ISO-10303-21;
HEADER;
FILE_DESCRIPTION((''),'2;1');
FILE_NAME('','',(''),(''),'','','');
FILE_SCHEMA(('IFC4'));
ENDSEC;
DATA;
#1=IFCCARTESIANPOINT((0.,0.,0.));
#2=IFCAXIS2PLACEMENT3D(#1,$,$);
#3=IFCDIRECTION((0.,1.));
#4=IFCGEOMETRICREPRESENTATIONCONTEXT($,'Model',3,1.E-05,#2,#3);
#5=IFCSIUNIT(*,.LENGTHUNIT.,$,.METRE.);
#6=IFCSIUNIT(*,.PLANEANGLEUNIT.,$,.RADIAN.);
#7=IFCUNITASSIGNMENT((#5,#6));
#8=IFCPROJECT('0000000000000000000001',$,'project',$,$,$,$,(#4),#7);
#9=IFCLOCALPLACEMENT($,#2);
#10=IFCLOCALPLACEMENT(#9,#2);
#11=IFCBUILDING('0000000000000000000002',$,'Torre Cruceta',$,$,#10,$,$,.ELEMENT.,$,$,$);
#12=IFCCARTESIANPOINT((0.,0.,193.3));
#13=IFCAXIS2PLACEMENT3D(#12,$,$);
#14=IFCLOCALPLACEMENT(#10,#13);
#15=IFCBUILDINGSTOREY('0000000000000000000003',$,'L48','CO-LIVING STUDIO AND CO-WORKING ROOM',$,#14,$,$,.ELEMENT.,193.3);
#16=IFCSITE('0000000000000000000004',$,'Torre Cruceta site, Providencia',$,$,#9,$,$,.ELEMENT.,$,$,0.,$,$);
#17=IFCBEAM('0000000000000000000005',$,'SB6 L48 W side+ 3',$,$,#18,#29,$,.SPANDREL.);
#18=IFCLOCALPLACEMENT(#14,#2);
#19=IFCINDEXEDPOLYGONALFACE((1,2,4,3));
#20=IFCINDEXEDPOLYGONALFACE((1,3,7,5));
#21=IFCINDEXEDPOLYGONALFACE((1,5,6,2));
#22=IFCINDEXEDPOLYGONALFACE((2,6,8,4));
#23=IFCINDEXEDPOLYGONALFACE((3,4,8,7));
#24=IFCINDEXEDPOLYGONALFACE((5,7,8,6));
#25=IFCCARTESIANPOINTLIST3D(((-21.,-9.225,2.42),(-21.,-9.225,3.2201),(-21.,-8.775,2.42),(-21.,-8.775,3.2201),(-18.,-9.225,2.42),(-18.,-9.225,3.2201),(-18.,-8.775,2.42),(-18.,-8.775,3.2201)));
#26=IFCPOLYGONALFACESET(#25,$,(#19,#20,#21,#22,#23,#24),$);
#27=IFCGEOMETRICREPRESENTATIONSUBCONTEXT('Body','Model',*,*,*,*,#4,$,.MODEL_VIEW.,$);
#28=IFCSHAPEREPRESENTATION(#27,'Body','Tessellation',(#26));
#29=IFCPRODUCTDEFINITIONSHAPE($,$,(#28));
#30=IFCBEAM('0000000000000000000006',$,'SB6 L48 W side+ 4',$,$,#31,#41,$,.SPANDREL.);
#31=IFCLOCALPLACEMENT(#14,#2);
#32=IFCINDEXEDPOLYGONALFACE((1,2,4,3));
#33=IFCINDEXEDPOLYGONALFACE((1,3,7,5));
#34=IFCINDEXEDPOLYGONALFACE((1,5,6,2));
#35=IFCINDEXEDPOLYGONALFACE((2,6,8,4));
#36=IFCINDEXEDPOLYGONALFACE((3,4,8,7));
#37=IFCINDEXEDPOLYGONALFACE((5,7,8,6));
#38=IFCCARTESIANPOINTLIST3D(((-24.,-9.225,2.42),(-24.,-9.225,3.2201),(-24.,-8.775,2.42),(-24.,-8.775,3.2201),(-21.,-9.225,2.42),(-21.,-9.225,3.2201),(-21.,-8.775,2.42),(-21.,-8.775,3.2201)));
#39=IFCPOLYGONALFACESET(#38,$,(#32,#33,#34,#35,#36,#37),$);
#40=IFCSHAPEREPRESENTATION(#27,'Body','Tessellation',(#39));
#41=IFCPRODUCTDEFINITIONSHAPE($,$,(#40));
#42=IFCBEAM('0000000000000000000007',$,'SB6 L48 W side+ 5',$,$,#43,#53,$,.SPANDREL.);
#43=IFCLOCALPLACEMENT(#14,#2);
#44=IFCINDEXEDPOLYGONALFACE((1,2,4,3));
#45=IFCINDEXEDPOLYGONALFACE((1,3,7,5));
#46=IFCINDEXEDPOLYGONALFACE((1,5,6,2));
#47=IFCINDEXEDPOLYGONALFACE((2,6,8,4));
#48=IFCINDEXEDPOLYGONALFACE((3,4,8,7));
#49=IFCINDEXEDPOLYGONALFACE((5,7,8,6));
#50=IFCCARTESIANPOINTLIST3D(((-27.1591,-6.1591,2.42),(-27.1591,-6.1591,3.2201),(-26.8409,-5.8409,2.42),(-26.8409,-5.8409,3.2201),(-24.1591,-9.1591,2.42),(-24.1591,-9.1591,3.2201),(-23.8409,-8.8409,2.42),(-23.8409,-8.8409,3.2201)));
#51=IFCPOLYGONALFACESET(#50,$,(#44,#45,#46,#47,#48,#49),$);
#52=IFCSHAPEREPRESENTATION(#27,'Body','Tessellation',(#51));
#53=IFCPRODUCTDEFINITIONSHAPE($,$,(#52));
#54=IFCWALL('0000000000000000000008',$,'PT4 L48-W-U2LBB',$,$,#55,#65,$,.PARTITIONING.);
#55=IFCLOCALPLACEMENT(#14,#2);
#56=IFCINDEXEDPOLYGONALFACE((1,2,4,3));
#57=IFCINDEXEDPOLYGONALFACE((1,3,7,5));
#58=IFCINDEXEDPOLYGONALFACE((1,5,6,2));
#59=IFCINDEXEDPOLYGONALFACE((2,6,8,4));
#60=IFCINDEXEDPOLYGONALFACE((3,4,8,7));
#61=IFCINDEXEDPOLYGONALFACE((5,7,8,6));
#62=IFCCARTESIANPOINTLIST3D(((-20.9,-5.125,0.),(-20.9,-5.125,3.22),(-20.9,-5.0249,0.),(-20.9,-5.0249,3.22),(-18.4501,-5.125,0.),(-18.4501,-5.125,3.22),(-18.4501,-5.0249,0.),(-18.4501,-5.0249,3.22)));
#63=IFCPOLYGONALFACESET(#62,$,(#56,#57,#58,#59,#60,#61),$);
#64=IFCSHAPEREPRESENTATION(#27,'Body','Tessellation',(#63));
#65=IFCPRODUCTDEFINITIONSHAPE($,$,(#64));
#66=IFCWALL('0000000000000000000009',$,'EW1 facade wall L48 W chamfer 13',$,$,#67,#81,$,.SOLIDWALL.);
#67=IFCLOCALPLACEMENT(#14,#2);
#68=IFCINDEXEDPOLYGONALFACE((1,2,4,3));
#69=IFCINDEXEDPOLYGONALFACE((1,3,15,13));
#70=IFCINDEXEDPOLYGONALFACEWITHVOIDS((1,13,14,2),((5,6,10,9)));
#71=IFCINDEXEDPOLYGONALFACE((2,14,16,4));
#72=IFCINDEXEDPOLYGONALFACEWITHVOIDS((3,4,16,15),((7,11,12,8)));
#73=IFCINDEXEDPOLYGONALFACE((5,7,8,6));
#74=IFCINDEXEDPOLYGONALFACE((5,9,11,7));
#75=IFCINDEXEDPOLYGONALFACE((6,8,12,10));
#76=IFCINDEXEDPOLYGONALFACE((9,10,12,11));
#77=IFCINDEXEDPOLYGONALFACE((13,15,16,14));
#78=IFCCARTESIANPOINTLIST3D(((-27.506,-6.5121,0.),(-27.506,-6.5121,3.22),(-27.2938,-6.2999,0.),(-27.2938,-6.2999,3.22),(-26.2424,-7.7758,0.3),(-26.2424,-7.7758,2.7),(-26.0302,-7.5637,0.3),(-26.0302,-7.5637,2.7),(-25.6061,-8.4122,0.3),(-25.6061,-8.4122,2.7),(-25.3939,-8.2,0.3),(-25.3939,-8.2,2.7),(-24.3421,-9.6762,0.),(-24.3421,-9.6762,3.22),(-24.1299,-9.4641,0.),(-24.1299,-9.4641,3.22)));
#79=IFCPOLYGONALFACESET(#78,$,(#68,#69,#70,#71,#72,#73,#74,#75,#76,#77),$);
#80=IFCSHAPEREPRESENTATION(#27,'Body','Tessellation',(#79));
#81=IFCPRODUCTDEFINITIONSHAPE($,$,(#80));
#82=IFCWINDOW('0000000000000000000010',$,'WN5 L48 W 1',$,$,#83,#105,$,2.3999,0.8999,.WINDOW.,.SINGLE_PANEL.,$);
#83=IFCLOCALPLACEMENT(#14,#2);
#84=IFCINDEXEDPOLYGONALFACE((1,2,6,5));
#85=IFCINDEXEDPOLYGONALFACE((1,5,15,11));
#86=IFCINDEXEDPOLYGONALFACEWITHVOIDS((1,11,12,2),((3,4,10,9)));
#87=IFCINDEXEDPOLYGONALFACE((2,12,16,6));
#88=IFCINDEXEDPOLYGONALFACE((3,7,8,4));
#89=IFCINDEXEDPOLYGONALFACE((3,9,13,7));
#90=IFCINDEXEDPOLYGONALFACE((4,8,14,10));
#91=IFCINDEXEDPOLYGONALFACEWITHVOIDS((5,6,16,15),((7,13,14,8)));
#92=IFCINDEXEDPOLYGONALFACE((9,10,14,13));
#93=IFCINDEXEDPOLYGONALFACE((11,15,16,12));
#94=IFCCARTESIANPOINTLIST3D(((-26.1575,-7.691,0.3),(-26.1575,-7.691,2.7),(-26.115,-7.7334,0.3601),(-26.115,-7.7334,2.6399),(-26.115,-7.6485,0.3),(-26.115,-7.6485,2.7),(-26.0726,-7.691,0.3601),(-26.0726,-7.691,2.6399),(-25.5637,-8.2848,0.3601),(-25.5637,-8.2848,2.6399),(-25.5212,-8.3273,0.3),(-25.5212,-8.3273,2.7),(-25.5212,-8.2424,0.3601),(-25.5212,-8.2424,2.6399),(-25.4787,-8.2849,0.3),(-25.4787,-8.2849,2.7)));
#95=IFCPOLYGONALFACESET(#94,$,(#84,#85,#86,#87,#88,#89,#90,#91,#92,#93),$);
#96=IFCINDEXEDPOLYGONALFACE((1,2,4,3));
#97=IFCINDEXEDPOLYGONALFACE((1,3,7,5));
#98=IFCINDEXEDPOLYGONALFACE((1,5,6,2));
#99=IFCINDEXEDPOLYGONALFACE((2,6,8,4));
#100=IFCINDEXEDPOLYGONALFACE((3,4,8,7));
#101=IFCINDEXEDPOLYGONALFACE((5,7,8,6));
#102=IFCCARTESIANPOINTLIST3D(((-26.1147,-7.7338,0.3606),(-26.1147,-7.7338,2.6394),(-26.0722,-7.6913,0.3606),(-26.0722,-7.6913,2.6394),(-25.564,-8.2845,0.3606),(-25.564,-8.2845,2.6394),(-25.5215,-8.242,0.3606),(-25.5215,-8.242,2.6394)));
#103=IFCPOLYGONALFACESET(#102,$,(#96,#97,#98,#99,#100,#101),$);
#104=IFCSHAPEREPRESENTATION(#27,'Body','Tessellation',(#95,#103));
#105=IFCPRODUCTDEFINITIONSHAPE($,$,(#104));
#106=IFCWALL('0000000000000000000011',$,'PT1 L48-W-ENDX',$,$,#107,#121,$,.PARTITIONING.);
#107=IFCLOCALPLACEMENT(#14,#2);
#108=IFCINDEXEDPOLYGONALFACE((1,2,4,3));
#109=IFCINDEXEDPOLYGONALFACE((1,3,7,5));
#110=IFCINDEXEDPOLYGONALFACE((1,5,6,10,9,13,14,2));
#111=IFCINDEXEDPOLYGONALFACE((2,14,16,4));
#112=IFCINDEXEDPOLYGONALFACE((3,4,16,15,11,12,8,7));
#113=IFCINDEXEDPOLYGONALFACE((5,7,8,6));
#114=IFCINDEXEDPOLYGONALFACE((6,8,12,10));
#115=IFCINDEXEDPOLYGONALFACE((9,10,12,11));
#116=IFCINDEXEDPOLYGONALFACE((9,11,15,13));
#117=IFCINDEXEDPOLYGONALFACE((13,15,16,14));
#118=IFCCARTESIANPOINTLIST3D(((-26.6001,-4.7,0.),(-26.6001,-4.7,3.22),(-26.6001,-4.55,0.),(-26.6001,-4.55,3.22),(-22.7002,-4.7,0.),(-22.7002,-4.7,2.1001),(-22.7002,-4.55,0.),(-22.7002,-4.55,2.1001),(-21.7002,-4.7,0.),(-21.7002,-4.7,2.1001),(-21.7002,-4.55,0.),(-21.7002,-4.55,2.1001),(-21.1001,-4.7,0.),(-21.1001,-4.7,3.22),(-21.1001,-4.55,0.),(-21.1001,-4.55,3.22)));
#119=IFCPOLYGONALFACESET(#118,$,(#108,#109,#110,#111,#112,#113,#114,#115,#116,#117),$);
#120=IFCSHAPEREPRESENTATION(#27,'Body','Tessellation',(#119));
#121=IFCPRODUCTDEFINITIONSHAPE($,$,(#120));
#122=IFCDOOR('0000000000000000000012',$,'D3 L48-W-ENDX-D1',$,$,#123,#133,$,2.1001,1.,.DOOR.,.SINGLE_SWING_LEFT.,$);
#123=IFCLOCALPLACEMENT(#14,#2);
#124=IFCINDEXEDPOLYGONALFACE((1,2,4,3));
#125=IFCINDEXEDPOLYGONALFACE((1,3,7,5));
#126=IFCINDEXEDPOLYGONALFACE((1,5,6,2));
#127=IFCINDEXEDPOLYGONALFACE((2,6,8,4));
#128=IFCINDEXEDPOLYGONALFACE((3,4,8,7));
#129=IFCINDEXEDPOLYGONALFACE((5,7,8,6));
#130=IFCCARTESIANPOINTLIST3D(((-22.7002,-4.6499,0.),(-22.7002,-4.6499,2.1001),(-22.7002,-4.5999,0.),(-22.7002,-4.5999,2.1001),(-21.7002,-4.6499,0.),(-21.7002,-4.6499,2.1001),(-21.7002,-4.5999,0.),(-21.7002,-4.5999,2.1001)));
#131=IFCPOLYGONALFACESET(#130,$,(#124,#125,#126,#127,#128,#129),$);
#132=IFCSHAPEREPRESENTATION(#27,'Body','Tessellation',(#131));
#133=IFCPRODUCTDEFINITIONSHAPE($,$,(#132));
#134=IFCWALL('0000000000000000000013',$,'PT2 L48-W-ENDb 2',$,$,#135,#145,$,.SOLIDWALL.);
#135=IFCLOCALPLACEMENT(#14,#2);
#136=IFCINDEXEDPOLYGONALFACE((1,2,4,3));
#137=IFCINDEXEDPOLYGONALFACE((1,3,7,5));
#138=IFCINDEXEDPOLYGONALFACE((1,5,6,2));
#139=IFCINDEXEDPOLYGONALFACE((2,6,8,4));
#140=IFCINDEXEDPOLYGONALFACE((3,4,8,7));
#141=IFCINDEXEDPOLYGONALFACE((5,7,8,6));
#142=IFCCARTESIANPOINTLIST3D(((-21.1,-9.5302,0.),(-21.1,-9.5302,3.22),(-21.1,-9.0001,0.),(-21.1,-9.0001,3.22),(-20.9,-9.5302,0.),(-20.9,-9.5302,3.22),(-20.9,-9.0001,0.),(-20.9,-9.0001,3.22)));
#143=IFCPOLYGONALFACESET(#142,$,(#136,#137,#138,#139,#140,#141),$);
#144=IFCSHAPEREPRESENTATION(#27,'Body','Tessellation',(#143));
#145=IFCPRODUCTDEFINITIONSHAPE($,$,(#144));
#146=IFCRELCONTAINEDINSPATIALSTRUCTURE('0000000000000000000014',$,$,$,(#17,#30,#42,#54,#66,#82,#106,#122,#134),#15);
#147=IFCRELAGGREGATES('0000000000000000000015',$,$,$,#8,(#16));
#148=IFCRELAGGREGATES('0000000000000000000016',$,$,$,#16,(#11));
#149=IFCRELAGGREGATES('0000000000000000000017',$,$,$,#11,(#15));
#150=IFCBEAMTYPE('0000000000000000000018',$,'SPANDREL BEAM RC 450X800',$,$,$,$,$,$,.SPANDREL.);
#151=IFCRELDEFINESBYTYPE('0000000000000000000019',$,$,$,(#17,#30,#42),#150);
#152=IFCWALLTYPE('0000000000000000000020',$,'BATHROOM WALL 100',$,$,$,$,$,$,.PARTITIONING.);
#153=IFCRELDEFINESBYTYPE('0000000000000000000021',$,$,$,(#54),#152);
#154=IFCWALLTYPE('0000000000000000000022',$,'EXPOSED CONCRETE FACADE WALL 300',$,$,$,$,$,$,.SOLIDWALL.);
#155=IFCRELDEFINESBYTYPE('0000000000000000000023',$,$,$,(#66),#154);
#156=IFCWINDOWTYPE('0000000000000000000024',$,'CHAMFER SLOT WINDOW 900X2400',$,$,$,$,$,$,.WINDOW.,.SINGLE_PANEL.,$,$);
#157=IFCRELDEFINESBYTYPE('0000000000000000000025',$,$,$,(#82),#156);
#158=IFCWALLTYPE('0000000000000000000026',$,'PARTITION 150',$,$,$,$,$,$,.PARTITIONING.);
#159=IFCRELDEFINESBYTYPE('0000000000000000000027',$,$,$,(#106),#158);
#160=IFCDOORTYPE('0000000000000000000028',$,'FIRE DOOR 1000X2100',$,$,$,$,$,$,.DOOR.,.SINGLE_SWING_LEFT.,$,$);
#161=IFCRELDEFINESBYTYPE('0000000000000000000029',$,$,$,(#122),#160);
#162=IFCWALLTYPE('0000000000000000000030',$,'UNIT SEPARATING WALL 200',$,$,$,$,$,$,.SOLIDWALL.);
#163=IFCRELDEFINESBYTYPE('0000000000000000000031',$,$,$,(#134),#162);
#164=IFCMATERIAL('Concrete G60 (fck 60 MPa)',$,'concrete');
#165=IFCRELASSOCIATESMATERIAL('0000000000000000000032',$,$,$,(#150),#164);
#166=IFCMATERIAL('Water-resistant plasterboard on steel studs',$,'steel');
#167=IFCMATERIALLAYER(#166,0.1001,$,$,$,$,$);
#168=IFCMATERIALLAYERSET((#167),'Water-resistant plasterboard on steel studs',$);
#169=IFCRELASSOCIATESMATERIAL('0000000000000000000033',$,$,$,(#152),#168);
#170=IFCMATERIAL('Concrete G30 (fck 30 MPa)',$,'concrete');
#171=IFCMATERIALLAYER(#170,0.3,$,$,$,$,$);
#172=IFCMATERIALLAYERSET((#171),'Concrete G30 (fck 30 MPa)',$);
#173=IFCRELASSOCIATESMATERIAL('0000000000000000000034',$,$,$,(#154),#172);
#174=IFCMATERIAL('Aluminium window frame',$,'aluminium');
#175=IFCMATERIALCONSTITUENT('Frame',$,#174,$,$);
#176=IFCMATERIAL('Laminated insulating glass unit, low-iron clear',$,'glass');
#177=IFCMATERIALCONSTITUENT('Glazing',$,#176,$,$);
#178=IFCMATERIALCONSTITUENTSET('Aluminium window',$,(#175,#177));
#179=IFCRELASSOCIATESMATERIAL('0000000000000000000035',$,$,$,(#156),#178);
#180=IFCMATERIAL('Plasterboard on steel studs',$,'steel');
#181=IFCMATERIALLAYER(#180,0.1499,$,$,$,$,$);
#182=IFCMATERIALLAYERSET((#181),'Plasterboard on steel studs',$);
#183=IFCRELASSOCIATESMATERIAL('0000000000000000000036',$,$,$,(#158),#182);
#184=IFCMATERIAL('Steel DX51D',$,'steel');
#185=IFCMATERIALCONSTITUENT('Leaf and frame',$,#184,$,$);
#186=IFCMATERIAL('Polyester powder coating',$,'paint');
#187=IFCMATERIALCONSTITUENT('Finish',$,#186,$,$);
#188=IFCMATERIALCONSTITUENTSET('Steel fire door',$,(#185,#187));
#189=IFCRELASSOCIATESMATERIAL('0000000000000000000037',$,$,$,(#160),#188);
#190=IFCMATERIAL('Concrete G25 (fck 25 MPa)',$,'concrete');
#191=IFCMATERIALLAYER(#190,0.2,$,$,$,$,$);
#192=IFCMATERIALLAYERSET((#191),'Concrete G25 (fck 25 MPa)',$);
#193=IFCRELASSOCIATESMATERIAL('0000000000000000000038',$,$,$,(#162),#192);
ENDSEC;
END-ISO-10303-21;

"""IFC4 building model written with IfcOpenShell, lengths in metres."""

from ifc_helpers import new_model, si_unit, direction, frame, frame_2d, origin, origin_2d, place, context, subcontext, project, spatial, rectangle, hollow_rectangle, extrude, material, layer, layer_set, constituent, constituent_set, material_profile, profile_set, type_object, element, fill, save


model = new_model("IFC4")

# Units and contexts
model_context = context("Model", 3, precision=1e-05, world=origin(), true_north=direction((0.0, 1.0)))
body_context = subcontext(model_context, "Body", "Model", "MODEL_VIEW")
ifc_project = project(units=[si_unit("LENGTHUNIT", "METRE"), si_unit("PLANEANGLEUNIT", "RADIAN")], contexts=[model_context])

# Site, building, storey
site_placement = place(None, origin())
site = spatial("IfcSite", under=ifc_project, at=site_placement, Name="Torre Cruceta site, Providencia", CompositionType="ELEMENT", RefElevation=0.0)
building_placement = place(site_placement, origin())
building = spatial("IfcBuilding", under=site, at=building_placement, Name="Torre Cruceta", CompositionType="ELEMENT")
storey_placement = place(building_placement, frame((0.0, 0.0, 193.3)))
storey = spatial("IfcBuildingStorey", under=building, at=storey_placement, Name="L48", Description="CO-LIVING STUDIO AND CO-WORKING ROOM", CompositionType="ELEMENT", Elevation=193.3)

# Beams
ifc_material_1 = material(Name="Concrete G60 (fck 60 MPa)", Category="concrete")
ifc_material_profile_1 = material_profile(ifc_material_1, rectangle(XDim=0.45, YDim=0.8, at=origin_2d()), Name="RC 450X800")
ifc_profile_set_1 = profile_set([ifc_material_profile_1], Name="Concrete G60 (fck 60 MPa)")
beam_type_1 = type_object("IfcBeamType", Name="SPANDREL BEAM RC 450X800", PredefinedType="SPANDREL", material=ifc_profile_set_1)
for number, where, z_axis, x_axis, name in (
    (1, (-18.0, -9.0, 2.8201), (-1.0, 0.0, 0.0), (0.0, -1.0, 0.0), "SB6 L48 W side+ 3"),
    (2, (-21.0, -9.0, 2.8201), (-1.0, 0.0, 0.0), (0.0, -1.0, 0.0), "SB6 L48 W side+ 4"),
):
    element("IfcBeam", number, at=place(storey_placement, frame(where, z_axis=z_axis, x_axis=x_axis)), inside=storey, type_object=beam_type_1, Name=name, PredefinedType="SPANDREL", context=body_context, shape_type="SweptSolid", body=[
        extrude(rectangle(XDim=0.45, YDim=0.8, at=origin_2d()), origin(), (0.0, 0.0, 1.0), 3.0),
    ])
beam_1_placement = place(storey_placement, frame((-24.0, -9.0, 2.8201), z_axis=(-0.707107, 0.707107, 0.0), x_axis=(-0.707107, -0.707107, 0.0)))
element("IfcBeam", 3, at=beam_1_placement, inside=storey, type_object=beam_type_1, Name="SB6 L48 W side+ 5", PredefinedType="SPANDREL", context=body_context, shape_type="SweptSolid", body=[
    extrude(rectangle(XDim=0.45, YDim=0.8, at=origin_2d()), origin(), (0.0, 0.0, 1.0), 4.2427),
])

# Wall
ifc_material_2 = material(Name="Water-resistant plasterboard on steel studs", Category="steel")
ifc_layer_1 = layer(ifc_material_2, 0.1001)
ifc_layer_set_1 = layer_set([ifc_layer_1], Name="Water-resistant plasterboard on steel studs")
wall_type_1 = type_object("IfcWallType", Name="BATHROOM WALL 100", PredefinedType="PARTITIONING", material=ifc_layer_set_1)
wall_1_placement = place(storey_placement, frame((-18.45, -5.075, 0.0), z_axis=(0.0, 0.0, 1.0), x_axis=(-1.0, 0.0, 0.0)))
element("IfcWall", 4, at=wall_1_placement, inside=storey, type_object=wall_type_1, Name="PT4 L48-W-U2LBB", PredefinedType="PARTITIONING", context=body_context, shape_type="SweptSolid", body=[
    extrude(rectangle(XDim=2.45, YDim=0.1001, at=frame_2d((1.2251, 0.0))), origin(), (0.0, 0.0, 1.0), 3.22),
])

# Wall, opening, window
ifc_material_3 = material(Name="Concrete G30 (fck 30 MPa)", Category="concrete")
ifc_layer_2 = layer(ifc_material_3, 0.3)
ifc_layer_set_2 = layer_set([ifc_layer_2], Name="Concrete G30 (fck 30 MPa)")
wall_type_2 = type_object("IfcWallType", Name="EXPOSED CONCRETE FACADE WALL 300", PredefinedType="SOLIDWALL", material=ifc_layer_set_2)
wall_2_placement = place(storey_placement, frame((-27.3999, -6.406, 0.0), z_axis=(0.0, 0.0, 1.0), x_axis=(0.707079, -0.707134, 0.0)))
wall_2 = element("IfcWall", 5, at=wall_2_placement, inside=storey, type_object=wall_type_2, Name="EW1 facade wall L48 W chamfer 13", PredefinedType="SOLIDWALL", context=body_context, shape_type="SweptSolid", body=[
    extrude(rectangle(XDim=4.4746, YDim=0.3, at=frame_2d((2.2373, 0.0))), origin(), (0.0, 0.0, 1.0), 3.22),
])
opening_1_placement = place(wall_2_placement, frame((1.7871, 0.0, 0.3)))
opening_1 = element("IfcOpeningElement", 6, at=opening_1_placement, cuts=wall_2, PredefinedType="OPENING", context=body_context, shape_type="SweptSolid", body=[
    extrude(rectangle(XDim=0.8999, YDim=2.3999, at=frame_2d((0.45, 1.2))), frame((0.0, 0.1599, 0.0), z_axis=(0.0, -1.0, 0.0), x_axis=(1.0, 0.0, 0.0)), (0.0, 0.0, 1.0), 0.3201),
])
ifc_material_4 = material(Name="Aluminium window frame", Category="aluminium")
ifc_constituent_1 = constituent(ifc_material_4, Name="Frame")
ifc_material_5 = material(Name="Laminated insulating glass unit, low-iron clear", Category="glass")
ifc_constituent_2 = constituent(ifc_material_5, Name="Glazing")
ifc_constituent_set_1 = constituent_set(constituents=[ifc_constituent_1, ifc_constituent_2], Name="Aluminium window")
window_type = type_object("IfcWindowType", Name="CHAMFER SLOT WINDOW 900X2400", PartitioningType="SINGLE_PANEL", PredefinedType="WINDOW", material=ifc_constituent_set_1)
window_placement = place(opening_1_placement, origin())
window = element("IfcWindow", 7, at=window_placement, inside=storey, type_object=window_type, Name="WN5 L48 W 1", OverallHeight=2.3999, OverallWidth=0.8999, PartitioningType="SINGLE_PANEL", PredefinedType="WINDOW", context=body_context, shape_type="SweptSolid", body=[
    extrude(hollow_rectangle(XDim=0.8999, YDim=2.3999, WallThickness=0.0601, at=frame_2d((0.45, 1.2))), frame((0.0, 0.03, 0.0), z_axis=(0.0, -1.0, 0.0), x_axis=(1.0, 0.0, 0.0)), (0.0, 0.0, 1.0), 0.0601),
    extrude(rectangle(XDim=0.7788, YDim=2.2788, at=frame_2d((0.45, 1.2))), frame((0.0, 0.03, 0.0), z_axis=(0.0, -1.0, 0.0), x_axis=(1.0, 0.0, 0.0)), (0.0, 0.0, 1.0), 0.0601),
])
fill(opening_1, window)

# Wall, opening, door
ifc_material_6 = material(Name="Plasterboard on steel studs", Category="steel")
ifc_layer_3 = layer(ifc_material_6, 0.1499)
ifc_layer_set_3 = layer_set([ifc_layer_3], Name="Plasterboard on steel studs")
wall_type_3 = type_object("IfcWallType", Name="PARTITION 150", PredefinedType="PARTITIONING", material=ifc_layer_set_3)
wall_3_placement = place(storey_placement, frame((-21.1001, -4.625, 0.0), z_axis=(0.0, 0.0, 1.0), x_axis=(-1.0, 0.0, 0.0)))
wall_3 = element("IfcWall", 8, at=wall_3_placement, inside=storey, type_object=wall_type_3, Name="PT1 L48-W-ENDX", PredefinedType="PARTITIONING", context=body_context, shape_type="SweptSolid", body=[
    extrude(rectangle(XDim=5.5, YDim=0.1499, at=frame_2d((2.75, 0.0))), origin(), (0.0, 0.0, 1.0), 3.22),
])
opening_2_placement = place(wall_3_placement, frame((0.6001, 0.0, 0.0)))
opening_2 = element("IfcOpeningElement", 9, at=opening_2_placement, cuts=wall_3, PredefinedType="OPENING", context=body_context, shape_type="SweptSolid", body=[
    extrude(rectangle(XDim=1.0, YDim=2.1001, at=frame_2d((0.5, 1.05))), frame((0.0, 0.085, 0.0), z_axis=(0.0, -1.0, 0.0), x_axis=(1.0, 0.0, 0.0)), (0.0, 0.0, 1.0), 0.1699),
])
ifc_material_7 = material(Name="Steel DX51D", Category="steel")
ifc_constituent_3 = constituent(ifc_material_7, Name="Leaf and frame")
ifc_material_8 = material(Name="Polyester powder coating", Category="paint")
ifc_constituent_4 = constituent(ifc_material_8, Name="Finish")
ifc_constituent_set_2 = constituent_set(constituents=[ifc_constituent_3, ifc_constituent_4], Name="Steel fire door")
door_type_1 = type_object("IfcDoorType", Name="FIRE DOOR 1000X2100", OperationType="SINGLE_SWING_LEFT", PredefinedType="DOOR", material=ifc_constituent_set_2)
door_1_placement = place(opening_2_placement, origin())
door_1 = element("IfcDoor", 10, at=door_1_placement, inside=storey, type_object=door_type_1, Name="D3 L48-W-ENDX-D1", OperationType="SINGLE_SWING_LEFT", OverallHeight=2.1001, OverallWidth=1.0, PredefinedType="DOOR", context=body_context, shape_type="SweptSolid", body=[
    extrude(rectangle(XDim=1.0, YDim=2.1001, at=frame_2d((0.5, 1.05))), frame((0.0, 0.0249, 0.0), z_axis=(0.0, -1.0, 0.0), x_axis=(1.0, 0.0, 0.0)), (0.0, 0.0, 1.0), 0.05),
])
fill(opening_2, door_1)

# Wall
ifc_material_9 = material(Name="Concrete G25 (fck 25 MPa)", Category="concrete")
ifc_layer_4 = layer(ifc_material_9, 0.2)
ifc_layer_set_4 = layer_set([ifc_layer_4], Name="Concrete G25 (fck 25 MPa)")
wall_type_4 = type_object("IfcWallType", Name="UNIT SEPARATING WALL 200", PredefinedType="SOLIDWALL", material=ifc_layer_set_4)
wall_4_placement = place(storey_placement, frame((-21.0, -9.0, 0.0), z_axis=(0.0, 0.0, 1.0), x_axis=(0.0, -1.0, 0.0)))
element("IfcWall", 11, at=wall_4_placement, inside=storey, type_object=wall_type_4, Name="PT2 L48-W-ENDb 2", PredefinedType="SOLIDWALL", context=body_context, shape_type="SweptSolid", body=[
    extrude(rectangle(XDim=0.53, YDim=0.2, at=frame_2d((0.2651, 0.0))), origin(), (0.0, 0.0, 1.0), 3.22),
])

save(model, "model.ifc")
